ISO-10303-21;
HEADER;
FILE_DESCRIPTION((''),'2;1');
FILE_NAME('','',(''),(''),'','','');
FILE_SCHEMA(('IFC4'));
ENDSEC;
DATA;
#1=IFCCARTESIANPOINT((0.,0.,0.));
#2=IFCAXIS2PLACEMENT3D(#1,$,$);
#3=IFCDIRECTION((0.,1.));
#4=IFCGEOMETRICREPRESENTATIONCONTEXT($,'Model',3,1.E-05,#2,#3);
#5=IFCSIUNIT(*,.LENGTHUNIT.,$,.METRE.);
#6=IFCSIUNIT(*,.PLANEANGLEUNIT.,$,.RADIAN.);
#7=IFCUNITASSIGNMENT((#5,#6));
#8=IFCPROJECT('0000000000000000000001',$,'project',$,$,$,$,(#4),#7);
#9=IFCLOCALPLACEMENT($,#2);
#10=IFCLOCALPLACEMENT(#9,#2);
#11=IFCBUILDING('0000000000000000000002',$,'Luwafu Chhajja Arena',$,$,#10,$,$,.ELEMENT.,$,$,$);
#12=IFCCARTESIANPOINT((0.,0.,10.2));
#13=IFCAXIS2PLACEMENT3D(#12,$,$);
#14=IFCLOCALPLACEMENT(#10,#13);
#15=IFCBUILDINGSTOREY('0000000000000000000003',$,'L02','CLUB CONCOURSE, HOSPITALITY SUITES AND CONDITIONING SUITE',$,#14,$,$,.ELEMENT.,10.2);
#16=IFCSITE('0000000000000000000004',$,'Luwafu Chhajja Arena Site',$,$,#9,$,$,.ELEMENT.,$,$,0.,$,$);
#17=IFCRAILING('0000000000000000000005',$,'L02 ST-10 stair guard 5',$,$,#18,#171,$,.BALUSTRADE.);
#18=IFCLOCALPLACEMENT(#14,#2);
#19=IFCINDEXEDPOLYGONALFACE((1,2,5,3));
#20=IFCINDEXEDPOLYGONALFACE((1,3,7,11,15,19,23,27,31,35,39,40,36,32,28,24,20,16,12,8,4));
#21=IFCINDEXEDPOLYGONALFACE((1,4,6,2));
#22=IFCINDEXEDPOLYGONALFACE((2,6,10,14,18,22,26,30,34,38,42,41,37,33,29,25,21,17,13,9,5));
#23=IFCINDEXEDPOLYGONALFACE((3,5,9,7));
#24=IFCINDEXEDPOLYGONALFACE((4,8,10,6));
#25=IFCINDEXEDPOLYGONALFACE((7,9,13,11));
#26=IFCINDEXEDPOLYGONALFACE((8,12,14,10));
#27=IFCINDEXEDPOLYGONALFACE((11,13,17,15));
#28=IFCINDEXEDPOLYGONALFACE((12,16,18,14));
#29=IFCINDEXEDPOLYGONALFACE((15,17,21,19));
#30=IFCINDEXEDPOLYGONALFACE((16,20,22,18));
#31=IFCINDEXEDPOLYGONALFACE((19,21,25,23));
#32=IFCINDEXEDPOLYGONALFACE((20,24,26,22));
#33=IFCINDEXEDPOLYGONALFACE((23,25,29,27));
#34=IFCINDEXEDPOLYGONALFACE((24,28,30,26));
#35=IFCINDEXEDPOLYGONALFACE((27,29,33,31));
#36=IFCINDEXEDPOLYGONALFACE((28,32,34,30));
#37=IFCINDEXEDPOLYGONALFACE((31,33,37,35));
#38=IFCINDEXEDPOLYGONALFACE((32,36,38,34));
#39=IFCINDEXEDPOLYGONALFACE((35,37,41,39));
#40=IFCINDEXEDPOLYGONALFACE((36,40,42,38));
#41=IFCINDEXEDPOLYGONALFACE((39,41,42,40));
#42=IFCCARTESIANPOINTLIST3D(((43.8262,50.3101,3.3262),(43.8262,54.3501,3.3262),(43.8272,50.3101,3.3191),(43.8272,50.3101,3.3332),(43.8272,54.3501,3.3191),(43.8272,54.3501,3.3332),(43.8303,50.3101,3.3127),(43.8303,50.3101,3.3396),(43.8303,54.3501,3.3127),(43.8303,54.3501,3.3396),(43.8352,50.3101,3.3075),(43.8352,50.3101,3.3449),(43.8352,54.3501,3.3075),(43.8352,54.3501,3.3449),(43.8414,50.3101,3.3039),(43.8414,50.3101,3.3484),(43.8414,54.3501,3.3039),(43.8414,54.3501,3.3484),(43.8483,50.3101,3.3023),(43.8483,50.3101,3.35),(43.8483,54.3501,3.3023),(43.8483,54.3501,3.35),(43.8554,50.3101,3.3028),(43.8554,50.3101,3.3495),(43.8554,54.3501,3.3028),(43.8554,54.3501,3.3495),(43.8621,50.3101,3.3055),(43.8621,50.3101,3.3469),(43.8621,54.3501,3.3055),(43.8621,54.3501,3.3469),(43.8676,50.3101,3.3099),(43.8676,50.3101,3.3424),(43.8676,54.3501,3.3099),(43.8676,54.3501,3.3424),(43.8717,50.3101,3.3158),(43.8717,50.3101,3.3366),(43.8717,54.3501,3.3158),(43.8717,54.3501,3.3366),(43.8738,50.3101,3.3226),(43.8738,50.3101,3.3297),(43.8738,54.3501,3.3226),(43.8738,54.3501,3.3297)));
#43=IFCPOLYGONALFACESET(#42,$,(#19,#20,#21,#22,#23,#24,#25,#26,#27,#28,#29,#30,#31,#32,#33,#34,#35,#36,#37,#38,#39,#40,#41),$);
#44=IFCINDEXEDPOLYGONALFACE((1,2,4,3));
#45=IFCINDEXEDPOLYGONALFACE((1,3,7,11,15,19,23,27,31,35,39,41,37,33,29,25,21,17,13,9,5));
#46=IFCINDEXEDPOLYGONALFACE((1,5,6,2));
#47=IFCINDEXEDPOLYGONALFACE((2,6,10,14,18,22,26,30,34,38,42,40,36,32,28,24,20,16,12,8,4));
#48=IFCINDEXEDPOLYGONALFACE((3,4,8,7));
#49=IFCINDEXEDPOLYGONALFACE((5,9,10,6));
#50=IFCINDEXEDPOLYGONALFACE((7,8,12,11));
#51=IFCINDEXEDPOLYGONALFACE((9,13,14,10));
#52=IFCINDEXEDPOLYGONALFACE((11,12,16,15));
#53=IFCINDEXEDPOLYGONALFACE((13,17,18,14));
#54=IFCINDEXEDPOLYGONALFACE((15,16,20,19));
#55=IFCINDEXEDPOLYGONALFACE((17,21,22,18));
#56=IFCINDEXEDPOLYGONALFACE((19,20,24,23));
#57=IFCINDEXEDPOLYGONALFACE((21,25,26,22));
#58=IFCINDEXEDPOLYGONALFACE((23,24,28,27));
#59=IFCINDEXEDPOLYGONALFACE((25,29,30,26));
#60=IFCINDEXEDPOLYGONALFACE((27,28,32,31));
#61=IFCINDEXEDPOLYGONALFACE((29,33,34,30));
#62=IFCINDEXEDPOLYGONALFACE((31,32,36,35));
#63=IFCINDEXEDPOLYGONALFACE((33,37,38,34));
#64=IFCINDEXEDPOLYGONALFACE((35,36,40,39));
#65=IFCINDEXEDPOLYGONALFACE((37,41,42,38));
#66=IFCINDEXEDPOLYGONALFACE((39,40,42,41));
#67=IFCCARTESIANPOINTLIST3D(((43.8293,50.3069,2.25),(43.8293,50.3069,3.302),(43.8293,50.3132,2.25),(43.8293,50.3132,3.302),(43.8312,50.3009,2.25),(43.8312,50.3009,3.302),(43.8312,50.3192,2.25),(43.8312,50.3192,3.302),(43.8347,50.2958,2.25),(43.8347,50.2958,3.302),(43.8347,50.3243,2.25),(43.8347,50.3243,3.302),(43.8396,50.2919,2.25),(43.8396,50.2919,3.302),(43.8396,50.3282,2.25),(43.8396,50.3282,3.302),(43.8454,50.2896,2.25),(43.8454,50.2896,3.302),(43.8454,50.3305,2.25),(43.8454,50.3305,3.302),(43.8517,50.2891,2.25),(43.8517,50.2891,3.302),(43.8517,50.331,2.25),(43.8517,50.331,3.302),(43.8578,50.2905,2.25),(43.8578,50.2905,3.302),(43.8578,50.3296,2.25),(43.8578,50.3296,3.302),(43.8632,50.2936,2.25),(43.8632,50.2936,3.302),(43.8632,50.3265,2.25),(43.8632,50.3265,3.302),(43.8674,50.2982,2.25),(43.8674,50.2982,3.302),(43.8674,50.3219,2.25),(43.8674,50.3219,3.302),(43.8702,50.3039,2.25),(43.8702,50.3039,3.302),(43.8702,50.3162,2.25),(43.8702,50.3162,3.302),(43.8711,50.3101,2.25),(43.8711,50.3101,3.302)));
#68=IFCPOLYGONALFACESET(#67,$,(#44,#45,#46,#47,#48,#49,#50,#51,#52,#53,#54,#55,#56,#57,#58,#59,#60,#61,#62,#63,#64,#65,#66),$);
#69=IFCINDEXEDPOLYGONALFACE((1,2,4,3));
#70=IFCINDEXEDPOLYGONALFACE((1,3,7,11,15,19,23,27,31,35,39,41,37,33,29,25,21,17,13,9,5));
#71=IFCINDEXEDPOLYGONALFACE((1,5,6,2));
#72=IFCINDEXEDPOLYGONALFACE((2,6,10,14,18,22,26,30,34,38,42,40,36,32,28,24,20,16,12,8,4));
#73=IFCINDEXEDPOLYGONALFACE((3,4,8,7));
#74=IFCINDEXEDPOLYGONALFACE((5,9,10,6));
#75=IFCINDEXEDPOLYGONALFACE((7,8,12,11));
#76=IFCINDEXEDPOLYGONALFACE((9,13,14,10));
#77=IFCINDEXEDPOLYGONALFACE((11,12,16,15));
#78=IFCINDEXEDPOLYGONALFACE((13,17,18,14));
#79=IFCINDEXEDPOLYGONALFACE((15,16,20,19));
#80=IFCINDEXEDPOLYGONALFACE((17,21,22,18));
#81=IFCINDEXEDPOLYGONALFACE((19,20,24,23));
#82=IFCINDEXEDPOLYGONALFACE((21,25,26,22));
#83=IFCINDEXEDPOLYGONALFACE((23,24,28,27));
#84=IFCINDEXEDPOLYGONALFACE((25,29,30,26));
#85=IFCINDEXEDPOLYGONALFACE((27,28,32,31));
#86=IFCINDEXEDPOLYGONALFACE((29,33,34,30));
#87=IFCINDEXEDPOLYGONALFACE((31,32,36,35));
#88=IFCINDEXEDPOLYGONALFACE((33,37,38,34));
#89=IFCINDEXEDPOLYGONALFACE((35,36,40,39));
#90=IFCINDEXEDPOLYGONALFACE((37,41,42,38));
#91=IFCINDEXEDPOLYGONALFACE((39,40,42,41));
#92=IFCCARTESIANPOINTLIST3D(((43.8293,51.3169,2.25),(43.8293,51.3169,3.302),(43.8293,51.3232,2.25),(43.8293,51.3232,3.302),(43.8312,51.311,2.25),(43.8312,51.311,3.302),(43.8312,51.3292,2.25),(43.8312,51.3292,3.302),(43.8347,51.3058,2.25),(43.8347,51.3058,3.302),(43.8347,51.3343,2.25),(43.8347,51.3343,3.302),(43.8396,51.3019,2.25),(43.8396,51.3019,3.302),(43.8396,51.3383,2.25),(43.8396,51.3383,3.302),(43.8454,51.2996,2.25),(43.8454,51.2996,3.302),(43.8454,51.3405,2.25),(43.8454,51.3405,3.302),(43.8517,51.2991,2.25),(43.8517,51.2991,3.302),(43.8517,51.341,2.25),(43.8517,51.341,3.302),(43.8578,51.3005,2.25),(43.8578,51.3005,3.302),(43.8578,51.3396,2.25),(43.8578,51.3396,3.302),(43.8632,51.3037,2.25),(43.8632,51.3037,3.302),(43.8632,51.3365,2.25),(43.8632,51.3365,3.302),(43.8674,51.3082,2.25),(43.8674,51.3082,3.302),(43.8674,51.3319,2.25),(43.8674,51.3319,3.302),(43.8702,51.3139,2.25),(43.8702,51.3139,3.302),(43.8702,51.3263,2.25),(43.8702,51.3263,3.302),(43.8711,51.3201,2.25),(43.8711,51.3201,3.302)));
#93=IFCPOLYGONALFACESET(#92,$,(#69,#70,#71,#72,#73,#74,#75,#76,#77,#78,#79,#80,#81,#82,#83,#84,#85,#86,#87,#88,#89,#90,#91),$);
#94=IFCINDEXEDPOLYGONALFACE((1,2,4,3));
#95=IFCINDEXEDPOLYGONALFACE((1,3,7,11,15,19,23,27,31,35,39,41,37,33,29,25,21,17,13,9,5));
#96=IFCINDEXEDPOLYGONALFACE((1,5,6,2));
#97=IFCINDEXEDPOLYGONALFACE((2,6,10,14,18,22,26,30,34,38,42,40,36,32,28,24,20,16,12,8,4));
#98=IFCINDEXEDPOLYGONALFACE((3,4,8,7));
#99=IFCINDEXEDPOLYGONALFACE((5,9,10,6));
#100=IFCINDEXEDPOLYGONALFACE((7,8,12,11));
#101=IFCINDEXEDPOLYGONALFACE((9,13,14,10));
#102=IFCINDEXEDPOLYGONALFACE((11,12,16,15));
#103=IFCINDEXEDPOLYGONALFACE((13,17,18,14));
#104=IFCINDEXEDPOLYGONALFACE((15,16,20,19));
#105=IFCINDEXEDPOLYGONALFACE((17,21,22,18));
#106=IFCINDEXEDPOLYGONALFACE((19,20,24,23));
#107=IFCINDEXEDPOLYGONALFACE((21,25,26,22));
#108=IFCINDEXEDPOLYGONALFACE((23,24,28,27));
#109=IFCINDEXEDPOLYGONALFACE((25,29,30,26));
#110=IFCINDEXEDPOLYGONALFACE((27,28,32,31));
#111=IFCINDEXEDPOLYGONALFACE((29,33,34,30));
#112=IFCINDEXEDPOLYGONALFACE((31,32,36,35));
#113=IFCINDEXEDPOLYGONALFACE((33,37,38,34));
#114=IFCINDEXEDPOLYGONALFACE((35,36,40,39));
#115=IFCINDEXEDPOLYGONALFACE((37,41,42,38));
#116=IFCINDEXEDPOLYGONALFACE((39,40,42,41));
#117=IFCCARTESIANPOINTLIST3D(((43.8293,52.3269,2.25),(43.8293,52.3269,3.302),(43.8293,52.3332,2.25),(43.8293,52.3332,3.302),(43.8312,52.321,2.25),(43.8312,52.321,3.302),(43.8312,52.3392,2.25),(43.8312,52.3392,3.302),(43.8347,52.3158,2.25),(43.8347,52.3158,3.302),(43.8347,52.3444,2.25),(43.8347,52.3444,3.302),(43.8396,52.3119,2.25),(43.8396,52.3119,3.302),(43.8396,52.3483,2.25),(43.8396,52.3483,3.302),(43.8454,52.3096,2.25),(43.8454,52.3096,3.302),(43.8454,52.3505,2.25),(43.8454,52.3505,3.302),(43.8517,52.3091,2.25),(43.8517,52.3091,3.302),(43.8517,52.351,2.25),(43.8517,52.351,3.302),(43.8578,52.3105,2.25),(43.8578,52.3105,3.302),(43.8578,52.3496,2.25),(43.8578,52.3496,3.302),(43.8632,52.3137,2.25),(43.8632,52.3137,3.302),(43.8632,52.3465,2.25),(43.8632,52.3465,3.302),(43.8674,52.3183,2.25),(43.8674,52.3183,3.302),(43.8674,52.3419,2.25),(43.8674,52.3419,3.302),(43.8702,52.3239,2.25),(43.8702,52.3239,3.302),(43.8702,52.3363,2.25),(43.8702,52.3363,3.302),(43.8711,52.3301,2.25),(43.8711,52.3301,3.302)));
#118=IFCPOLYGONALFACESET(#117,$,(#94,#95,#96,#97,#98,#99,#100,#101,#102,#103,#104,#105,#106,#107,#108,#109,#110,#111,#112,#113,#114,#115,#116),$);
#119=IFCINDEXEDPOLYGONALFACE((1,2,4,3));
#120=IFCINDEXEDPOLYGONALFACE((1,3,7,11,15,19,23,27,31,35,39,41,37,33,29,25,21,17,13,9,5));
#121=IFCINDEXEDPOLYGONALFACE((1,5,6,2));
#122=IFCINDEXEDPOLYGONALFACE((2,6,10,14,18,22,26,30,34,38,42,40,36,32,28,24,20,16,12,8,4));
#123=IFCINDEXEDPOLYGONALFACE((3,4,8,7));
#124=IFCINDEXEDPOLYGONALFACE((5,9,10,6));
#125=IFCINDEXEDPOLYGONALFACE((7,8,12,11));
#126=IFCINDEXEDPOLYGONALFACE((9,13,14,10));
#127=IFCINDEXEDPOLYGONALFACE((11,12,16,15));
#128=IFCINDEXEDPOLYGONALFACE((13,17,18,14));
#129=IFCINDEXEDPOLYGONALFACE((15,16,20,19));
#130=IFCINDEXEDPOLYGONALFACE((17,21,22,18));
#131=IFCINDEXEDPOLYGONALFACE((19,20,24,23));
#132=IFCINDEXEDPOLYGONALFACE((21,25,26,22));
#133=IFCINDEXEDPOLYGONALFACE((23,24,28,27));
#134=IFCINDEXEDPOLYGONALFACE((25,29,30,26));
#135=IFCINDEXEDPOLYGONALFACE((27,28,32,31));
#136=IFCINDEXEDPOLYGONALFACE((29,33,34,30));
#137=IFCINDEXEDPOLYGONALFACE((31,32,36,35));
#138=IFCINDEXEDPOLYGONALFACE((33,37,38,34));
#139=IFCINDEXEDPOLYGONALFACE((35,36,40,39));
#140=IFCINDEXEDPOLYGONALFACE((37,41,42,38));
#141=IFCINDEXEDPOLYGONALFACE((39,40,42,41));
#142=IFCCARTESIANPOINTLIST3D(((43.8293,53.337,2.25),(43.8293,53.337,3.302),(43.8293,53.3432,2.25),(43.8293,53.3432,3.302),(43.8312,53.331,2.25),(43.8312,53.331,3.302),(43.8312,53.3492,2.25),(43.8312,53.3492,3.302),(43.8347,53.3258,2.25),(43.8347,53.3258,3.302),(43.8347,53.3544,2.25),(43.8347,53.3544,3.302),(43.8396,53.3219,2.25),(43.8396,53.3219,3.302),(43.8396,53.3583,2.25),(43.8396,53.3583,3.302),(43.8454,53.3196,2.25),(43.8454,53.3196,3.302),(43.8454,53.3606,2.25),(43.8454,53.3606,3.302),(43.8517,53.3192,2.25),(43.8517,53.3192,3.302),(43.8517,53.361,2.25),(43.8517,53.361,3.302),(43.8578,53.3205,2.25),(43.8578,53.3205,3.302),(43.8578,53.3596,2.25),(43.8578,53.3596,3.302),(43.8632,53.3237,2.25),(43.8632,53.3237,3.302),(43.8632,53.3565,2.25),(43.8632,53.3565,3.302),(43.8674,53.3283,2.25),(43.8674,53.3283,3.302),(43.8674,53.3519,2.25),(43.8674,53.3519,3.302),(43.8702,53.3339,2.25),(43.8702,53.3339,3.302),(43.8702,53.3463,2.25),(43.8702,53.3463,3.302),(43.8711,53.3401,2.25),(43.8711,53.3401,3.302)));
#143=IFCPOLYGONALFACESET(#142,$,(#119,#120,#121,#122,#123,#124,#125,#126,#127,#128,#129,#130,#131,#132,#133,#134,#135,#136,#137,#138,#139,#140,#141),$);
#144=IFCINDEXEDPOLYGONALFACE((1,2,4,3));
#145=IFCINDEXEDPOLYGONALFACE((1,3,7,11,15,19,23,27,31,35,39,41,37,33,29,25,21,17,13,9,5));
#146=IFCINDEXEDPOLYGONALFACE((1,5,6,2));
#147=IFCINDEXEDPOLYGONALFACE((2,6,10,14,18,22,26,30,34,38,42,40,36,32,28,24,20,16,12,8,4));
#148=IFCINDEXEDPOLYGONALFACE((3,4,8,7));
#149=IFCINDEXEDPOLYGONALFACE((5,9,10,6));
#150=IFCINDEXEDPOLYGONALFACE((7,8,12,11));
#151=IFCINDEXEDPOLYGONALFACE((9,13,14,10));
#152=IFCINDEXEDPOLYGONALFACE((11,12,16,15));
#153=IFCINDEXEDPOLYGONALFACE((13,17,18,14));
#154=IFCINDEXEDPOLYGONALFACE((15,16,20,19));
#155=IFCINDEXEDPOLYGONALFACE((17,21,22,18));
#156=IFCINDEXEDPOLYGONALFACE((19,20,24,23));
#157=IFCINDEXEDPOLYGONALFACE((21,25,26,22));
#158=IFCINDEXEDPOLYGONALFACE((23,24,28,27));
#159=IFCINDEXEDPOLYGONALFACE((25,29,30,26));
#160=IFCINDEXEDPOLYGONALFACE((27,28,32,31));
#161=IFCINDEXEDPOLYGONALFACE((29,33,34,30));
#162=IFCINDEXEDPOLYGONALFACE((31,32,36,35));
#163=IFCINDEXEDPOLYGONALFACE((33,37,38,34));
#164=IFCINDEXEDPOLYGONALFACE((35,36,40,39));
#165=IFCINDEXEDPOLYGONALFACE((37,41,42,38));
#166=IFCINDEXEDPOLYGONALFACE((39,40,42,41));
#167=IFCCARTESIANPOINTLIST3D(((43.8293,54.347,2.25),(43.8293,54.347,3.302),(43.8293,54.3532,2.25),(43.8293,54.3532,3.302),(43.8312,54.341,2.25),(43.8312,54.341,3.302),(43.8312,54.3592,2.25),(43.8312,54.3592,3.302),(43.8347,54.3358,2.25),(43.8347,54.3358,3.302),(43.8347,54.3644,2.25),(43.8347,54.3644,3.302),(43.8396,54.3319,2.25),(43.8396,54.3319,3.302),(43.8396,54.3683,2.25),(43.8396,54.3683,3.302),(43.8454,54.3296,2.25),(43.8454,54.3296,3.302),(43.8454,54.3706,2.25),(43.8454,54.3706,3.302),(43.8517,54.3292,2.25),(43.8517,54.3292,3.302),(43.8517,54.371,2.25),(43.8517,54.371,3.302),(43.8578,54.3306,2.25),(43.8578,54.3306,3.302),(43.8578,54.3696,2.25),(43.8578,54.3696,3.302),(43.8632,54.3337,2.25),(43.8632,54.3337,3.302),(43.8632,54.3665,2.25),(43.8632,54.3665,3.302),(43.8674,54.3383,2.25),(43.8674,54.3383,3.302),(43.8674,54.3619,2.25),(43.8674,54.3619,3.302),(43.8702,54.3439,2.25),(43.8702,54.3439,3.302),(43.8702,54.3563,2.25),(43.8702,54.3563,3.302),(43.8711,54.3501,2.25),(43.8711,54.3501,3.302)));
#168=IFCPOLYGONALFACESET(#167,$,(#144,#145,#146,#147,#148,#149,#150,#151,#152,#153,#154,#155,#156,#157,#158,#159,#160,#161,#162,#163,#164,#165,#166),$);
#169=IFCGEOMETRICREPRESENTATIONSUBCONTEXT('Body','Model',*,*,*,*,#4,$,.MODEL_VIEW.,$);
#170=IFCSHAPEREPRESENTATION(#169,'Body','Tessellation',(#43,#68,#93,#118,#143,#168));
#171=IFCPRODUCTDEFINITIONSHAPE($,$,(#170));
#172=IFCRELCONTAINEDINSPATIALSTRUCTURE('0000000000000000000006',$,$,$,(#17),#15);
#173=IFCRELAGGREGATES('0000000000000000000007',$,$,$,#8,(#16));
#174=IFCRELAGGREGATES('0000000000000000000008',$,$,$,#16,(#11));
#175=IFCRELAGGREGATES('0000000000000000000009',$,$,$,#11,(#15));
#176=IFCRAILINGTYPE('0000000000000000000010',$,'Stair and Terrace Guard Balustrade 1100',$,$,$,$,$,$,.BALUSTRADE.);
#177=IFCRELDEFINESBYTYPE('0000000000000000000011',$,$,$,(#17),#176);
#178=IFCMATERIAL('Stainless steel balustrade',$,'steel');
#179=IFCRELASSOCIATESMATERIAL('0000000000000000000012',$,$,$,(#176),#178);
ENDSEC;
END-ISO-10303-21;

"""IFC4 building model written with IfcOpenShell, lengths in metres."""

from ifc_helpers import new_model, si_unit, direction, frame, origin, origin_2d, place, context, subcontext, project, spatial, circle, extrude, material, type_object, element, save


model = new_model("IFC4")

# Units and contexts
model_context = context("Model", 3, precision=1e-05, world=origin(), true_north=direction((0.0, 1.0)))
body_context = subcontext(model_context, "Body", "Model", "MODEL_VIEW")
ifc_project = project(units=[si_unit("LENGTHUNIT", "METRE"), si_unit("PLANEANGLEUNIT", "RADIAN")], contexts=[model_context])

# Site, building, storey
site_placement = place(None, origin())
site = spatial("IfcSite", under=ifc_project, at=site_placement, Name="Luwafu Chhajja Arena Site", CompositionType="ELEMENT", RefElevation=0.0)
building_placement = place(site_placement, origin())
building = spatial("IfcBuilding", under=site, at=building_placement, Name="Luwafu Chhajja Arena", CompositionType="ELEMENT")
storey_placement = place(building_placement, frame((0.0, 0.0, 10.2)))
storey = spatial("IfcBuildingStorey", under=building, at=storey_placement, Name="L02", Description="CLUB CONCOURSE, HOSPITALITY SUITES AND CONDITIONING SUITE", CompositionType="ELEMENT", Elevation=10.2)

# Railing
ifc_material_1 = material(Name="Stainless steel balustrade", Category="steel")
railing_type_1 = type_object("IfcRailingType", Name="Stair and Terrace Guard Balustrade 1100", PredefinedType="BALUSTRADE", material=ifc_material_1)
railing_1_placement = place(storey_placement, frame((43.8501, 50.3101, 2.25)))
element("IfcRailing", 1, at=railing_1_placement, inside=storey, type_object=railing_type_1, Name="L02 ST-10 stair guard 5", PredefinedType="BALUSTRADE", context=body_context, shape_type="SweptSolid", body=[
    extrude(circle(Radius=0.0239, at=origin_2d()), frame((0.0, 0.0, 1.0762), z_axis=(0.0, 1.0, 0.0), x_axis=(-1.0, 0.0, 0.0)), (0.0, 0.0, 1.0), 4.04),
    extrude(circle(Radius=0.021, at=origin_2d()), origin(), (0.0, 0.0, 1.0), 1.052),
    extrude(circle(Radius=0.021, at=origin_2d()), frame((0.0, 1.01, 0.0)), (0.0, 0.0, 1.0), 1.052),
    extrude(circle(Radius=0.021, at=origin_2d()), frame((0.0, 2.02, 0.0)), (0.0, 0.0, 1.0), 1.052),
    extrude(circle(Radius=0.021, at=origin_2d()), frame((0.0, 3.03, 0.0)), (0.0, 0.0, 1.0), 1.052),
    extrude(circle(Radius=0.021, at=origin_2d()), frame((0.0, 4.04, 0.0)), (0.0, 0.0, 1.0), 1.052),
])

save(model, "model.ifc")
